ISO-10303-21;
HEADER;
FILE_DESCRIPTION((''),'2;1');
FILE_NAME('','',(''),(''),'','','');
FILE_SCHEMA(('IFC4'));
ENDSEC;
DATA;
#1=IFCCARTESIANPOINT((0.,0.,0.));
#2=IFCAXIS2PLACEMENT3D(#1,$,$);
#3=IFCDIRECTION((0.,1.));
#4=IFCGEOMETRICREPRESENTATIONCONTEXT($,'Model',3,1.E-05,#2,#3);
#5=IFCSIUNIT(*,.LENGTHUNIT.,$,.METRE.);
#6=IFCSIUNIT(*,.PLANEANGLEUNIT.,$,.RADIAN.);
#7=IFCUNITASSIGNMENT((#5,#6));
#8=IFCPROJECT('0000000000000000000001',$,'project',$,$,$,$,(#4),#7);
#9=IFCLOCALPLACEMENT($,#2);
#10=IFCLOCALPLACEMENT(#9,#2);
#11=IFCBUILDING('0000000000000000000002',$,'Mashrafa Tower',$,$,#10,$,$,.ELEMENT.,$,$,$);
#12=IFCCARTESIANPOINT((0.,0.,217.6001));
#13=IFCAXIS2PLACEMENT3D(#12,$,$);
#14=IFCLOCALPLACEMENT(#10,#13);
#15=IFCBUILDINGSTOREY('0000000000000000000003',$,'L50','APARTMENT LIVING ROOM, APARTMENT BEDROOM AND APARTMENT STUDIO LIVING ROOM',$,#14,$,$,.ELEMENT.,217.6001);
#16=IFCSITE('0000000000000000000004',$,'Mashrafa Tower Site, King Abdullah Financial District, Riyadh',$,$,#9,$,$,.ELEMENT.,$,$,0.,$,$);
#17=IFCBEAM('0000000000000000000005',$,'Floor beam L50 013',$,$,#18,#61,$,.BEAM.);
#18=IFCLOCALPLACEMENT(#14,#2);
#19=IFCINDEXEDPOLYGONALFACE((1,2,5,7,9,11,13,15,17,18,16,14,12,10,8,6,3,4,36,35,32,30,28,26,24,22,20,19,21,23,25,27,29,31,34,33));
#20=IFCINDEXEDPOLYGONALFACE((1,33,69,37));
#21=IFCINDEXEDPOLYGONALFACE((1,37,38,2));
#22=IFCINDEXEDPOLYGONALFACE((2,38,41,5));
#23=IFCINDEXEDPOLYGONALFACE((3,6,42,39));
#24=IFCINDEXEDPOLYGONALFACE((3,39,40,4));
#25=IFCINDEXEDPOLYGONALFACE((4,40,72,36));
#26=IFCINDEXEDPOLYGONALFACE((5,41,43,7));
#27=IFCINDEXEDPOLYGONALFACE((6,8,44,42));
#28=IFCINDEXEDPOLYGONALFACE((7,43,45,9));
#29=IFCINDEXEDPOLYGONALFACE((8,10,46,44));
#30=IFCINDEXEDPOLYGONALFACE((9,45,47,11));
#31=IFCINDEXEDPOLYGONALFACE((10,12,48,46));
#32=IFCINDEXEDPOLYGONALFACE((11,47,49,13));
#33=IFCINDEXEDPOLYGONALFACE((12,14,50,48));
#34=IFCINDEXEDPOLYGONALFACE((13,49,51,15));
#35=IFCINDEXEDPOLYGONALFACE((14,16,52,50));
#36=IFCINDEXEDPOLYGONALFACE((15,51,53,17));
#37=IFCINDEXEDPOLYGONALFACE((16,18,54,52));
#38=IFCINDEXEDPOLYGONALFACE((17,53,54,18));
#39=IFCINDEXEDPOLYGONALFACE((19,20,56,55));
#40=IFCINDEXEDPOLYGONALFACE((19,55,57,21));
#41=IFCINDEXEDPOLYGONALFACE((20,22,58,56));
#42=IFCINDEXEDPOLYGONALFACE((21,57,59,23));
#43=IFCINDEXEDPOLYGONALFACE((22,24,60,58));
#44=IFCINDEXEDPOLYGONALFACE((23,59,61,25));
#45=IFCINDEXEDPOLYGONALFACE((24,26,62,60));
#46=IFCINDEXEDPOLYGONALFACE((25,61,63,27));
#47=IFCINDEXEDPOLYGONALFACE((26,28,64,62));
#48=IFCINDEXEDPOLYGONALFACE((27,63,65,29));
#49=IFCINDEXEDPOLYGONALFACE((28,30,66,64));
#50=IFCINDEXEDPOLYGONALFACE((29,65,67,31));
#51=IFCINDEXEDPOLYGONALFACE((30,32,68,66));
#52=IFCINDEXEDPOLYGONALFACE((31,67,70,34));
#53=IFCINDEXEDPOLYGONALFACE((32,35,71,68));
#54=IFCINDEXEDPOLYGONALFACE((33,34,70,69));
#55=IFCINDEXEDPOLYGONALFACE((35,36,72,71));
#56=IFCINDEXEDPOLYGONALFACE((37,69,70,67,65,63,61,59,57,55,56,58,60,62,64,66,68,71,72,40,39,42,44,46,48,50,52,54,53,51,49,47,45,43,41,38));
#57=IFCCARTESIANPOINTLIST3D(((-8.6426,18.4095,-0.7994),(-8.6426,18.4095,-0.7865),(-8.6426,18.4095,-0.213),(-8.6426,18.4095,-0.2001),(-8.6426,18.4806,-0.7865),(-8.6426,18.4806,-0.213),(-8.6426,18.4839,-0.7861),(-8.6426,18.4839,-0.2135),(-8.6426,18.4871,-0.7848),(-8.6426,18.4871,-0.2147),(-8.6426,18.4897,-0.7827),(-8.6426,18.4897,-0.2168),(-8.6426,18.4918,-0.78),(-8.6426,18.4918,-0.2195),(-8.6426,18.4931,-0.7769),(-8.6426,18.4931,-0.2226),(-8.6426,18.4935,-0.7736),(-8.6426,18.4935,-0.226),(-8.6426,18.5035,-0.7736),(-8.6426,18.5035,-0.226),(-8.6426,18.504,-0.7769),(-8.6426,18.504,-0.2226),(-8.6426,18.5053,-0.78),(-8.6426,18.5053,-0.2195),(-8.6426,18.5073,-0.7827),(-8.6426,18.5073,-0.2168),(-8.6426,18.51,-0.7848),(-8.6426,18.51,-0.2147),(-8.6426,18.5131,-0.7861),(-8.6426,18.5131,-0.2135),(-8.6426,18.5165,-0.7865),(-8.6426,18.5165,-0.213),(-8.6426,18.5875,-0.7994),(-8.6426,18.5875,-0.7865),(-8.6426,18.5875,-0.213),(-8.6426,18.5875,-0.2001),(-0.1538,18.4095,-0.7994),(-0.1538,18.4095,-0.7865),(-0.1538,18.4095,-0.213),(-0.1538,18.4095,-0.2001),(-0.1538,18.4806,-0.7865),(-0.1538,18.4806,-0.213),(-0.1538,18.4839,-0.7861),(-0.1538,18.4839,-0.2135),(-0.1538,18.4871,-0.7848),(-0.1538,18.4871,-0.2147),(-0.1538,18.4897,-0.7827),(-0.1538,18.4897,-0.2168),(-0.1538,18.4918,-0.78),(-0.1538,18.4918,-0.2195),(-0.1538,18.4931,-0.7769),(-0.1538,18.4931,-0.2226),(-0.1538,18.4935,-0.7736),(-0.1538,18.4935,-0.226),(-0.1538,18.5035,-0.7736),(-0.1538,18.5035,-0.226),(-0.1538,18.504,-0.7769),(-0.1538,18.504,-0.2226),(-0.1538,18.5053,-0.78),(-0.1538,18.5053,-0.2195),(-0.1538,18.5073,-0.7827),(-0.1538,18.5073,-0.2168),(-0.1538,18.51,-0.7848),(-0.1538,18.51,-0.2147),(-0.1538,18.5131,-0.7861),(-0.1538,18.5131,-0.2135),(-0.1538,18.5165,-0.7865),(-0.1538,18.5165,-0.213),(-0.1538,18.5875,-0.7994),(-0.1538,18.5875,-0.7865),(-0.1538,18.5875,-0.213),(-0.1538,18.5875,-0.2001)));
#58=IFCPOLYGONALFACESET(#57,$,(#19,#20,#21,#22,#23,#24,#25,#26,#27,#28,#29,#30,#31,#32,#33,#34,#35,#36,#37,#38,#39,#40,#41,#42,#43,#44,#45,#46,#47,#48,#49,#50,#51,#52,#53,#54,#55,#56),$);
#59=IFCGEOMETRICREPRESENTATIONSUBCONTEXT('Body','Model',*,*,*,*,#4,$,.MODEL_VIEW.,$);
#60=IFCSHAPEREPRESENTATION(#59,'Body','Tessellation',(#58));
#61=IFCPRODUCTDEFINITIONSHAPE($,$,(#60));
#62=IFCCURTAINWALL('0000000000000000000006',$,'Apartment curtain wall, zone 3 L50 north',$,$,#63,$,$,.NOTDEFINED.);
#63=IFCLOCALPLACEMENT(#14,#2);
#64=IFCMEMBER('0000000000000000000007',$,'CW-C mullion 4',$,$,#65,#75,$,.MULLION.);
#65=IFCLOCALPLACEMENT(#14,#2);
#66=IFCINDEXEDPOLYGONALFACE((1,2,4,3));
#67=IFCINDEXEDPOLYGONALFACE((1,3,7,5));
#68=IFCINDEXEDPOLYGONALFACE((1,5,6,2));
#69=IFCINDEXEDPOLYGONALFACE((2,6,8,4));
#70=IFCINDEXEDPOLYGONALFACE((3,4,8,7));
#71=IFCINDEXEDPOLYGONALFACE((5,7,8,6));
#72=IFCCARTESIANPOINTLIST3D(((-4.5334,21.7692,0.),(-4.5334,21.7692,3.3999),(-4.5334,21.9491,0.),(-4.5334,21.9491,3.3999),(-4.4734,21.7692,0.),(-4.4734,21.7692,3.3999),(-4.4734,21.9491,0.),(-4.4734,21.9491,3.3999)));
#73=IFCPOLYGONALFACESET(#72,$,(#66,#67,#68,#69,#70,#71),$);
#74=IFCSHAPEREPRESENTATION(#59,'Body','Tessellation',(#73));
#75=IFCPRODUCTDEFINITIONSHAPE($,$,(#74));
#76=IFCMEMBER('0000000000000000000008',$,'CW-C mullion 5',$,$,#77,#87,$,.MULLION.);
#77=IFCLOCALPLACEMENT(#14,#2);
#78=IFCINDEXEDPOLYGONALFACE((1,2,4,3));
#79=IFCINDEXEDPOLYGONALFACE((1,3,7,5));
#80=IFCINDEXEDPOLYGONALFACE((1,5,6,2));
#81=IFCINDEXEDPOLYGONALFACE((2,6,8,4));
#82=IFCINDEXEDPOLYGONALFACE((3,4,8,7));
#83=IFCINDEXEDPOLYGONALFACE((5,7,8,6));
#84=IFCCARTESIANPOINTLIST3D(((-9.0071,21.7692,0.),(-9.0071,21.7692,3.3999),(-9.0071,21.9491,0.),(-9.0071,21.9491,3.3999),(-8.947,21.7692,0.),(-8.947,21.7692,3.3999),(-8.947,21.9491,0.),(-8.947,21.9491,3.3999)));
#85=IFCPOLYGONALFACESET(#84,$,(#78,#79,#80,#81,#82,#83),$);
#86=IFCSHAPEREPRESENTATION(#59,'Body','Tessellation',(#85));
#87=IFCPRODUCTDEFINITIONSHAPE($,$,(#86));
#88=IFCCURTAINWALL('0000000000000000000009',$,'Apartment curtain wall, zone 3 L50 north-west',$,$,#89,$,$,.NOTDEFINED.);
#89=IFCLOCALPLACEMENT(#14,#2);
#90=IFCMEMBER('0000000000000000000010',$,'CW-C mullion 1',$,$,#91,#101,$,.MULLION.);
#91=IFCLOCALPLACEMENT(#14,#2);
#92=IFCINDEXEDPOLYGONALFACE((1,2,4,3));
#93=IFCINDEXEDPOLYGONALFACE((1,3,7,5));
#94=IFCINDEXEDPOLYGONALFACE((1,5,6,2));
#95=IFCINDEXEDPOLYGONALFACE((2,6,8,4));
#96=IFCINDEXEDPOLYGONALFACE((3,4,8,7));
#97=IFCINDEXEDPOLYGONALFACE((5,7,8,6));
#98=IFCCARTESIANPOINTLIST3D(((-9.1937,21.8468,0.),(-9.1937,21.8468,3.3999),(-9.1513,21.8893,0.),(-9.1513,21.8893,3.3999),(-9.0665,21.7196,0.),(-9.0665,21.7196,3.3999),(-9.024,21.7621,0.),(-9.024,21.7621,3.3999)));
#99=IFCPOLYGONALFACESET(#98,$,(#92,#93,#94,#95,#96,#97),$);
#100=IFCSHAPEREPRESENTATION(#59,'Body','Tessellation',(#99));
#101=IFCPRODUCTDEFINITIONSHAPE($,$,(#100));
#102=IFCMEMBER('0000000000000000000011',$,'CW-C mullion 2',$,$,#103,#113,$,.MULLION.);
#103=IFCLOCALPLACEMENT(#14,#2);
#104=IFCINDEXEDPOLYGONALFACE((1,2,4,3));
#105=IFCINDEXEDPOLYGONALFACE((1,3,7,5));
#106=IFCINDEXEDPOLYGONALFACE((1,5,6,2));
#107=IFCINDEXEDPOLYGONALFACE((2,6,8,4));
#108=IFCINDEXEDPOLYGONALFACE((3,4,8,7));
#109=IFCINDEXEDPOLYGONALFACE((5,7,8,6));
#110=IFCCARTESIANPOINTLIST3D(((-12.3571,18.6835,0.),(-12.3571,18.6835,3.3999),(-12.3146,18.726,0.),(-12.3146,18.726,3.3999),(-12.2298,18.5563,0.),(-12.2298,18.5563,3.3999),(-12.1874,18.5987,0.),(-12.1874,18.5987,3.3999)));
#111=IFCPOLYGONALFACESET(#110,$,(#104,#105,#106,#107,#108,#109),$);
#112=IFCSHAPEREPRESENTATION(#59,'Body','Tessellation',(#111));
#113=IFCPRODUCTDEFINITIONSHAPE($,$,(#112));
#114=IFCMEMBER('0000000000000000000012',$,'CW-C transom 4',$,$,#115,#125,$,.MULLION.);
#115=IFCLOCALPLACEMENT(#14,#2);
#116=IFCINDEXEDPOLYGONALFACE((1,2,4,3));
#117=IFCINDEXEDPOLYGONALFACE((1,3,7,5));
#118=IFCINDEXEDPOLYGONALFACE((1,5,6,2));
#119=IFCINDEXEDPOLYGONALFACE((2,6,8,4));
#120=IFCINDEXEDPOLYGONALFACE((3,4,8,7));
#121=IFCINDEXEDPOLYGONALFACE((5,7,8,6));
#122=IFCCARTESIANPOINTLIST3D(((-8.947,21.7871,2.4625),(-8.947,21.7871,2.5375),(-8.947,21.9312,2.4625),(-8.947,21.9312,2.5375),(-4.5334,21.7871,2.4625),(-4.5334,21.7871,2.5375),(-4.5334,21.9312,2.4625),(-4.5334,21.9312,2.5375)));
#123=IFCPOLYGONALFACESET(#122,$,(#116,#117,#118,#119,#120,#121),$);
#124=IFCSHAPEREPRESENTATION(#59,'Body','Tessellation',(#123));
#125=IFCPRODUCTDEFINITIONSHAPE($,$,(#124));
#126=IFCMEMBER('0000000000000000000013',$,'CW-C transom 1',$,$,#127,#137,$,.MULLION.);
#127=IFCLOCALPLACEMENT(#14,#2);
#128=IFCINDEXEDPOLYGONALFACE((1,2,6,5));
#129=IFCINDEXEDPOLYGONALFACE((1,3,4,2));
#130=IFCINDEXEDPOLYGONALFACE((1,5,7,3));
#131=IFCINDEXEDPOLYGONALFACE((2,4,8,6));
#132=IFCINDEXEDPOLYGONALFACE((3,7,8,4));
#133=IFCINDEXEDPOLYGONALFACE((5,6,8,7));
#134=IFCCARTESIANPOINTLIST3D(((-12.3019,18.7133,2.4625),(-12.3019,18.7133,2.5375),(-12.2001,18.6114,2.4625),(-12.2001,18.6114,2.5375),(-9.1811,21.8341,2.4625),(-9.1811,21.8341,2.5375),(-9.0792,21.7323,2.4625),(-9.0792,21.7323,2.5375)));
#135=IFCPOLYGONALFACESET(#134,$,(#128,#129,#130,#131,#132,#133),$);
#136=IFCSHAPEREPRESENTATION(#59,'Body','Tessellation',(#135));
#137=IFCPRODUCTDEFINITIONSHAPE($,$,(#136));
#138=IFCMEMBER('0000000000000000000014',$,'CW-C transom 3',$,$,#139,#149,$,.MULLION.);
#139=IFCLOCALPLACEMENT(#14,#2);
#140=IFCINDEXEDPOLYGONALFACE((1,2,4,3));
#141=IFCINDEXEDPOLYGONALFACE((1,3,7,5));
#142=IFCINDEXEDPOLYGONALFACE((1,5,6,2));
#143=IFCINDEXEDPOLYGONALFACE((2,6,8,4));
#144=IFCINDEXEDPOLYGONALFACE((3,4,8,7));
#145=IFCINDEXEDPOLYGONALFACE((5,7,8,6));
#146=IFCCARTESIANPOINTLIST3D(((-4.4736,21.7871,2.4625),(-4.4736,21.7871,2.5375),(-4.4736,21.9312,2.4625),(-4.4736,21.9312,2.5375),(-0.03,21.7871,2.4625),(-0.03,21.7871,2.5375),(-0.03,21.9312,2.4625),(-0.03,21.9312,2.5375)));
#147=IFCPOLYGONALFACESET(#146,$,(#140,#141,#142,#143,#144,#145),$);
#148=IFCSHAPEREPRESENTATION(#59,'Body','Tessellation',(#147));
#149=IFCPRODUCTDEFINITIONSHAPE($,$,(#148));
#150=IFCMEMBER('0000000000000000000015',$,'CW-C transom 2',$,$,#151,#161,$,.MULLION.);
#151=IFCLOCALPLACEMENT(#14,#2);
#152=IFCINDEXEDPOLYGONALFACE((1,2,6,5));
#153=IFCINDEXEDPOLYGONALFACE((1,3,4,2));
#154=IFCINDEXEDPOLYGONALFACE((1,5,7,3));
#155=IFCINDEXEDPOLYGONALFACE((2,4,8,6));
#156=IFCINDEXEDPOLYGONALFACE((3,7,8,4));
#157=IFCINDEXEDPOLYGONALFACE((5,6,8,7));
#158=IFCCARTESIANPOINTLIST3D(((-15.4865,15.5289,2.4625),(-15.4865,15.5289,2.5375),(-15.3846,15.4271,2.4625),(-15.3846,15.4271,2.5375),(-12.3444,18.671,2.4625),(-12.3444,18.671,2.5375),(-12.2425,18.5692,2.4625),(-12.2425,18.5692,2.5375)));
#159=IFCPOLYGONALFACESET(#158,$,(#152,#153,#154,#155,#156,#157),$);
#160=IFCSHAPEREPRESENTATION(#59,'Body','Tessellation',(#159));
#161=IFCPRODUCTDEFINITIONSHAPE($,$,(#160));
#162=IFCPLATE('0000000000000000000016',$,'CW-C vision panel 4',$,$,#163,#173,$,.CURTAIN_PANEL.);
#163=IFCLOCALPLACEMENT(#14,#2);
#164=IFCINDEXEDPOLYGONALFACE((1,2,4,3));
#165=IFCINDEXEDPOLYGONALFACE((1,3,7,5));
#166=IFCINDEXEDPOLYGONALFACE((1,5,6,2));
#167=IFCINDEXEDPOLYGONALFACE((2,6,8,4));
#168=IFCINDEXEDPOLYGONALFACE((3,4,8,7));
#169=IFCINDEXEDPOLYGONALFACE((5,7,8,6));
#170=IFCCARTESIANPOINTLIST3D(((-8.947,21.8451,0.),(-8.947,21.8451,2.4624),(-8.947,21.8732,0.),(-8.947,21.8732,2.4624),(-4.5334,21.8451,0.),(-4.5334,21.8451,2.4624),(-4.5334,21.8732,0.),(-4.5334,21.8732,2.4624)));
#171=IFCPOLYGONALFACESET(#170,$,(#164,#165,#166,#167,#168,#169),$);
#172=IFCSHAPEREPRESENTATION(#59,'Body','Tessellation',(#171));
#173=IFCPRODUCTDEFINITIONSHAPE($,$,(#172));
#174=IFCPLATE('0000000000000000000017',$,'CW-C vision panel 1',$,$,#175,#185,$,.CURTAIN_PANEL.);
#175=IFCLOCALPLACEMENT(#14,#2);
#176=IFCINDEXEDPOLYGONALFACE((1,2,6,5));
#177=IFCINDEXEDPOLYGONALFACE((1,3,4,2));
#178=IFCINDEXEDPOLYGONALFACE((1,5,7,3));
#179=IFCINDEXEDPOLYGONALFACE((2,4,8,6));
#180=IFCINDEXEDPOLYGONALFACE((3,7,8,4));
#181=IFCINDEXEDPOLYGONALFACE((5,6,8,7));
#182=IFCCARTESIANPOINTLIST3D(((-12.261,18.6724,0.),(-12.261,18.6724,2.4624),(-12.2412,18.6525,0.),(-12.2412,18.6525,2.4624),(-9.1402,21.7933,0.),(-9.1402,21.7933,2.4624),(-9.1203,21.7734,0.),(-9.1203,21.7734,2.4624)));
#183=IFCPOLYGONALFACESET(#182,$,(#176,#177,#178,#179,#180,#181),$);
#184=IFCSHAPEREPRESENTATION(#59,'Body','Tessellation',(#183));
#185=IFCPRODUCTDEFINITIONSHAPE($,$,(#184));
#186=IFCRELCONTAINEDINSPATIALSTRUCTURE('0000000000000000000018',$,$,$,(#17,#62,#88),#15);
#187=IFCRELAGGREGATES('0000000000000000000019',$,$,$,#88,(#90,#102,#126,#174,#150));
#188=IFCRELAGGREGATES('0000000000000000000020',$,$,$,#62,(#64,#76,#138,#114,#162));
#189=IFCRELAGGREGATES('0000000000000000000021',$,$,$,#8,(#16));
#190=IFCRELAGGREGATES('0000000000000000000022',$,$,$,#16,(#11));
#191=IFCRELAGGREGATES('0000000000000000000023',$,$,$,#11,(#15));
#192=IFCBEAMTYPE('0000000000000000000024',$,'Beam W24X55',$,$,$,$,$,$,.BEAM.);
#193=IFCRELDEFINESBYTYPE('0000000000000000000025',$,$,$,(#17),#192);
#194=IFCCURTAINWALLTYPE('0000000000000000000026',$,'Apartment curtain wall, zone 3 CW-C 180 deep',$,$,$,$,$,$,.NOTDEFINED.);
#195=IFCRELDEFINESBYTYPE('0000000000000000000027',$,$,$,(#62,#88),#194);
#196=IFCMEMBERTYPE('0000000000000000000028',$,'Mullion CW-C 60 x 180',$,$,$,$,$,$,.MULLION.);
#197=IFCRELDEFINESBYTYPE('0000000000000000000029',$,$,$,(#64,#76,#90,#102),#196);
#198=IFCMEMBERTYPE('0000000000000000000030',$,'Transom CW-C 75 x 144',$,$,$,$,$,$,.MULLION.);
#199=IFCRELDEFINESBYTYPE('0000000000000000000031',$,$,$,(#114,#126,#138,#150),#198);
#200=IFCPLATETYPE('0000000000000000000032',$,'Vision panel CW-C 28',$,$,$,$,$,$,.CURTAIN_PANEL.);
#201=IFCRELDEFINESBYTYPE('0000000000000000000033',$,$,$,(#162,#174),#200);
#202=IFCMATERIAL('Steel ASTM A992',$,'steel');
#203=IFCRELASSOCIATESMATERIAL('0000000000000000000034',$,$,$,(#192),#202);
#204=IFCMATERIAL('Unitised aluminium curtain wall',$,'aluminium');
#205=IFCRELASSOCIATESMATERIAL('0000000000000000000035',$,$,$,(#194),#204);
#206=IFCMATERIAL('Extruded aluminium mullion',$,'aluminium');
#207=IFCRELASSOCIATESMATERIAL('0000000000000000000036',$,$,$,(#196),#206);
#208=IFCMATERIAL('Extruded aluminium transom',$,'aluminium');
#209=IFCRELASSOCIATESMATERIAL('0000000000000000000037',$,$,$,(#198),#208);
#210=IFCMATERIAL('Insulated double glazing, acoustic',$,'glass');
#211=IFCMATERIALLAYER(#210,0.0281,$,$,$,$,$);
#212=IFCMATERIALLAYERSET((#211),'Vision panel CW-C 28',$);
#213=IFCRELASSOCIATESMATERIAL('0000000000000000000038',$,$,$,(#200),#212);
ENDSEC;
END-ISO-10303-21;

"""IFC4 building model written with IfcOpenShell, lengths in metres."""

from ifc_helpers import new_model, si_unit, direction, frame, origin, origin_2d, place, context, subcontext, project, spatial, rectangle, i_section, extrude, source, transform, mapped, material, layer, layer_set, material_profile, profile_set, type_object, type_shapes, element, aggregate, save


model = new_model("IFC4")

# Units and contexts
model_context = context("Model", 3, precision=1e-05, world=origin(), true_north=direction((0.0, 1.0)))
body_context = subcontext(model_context, "Body", "Model", "MODEL_VIEW")
ifc_project = project(units=[si_unit("LENGTHUNIT", "METRE"), si_unit("PLANEANGLEUNIT", "RADIAN")], contexts=[model_context])

# Site, building, storey
site_placement = place(None, origin())
site = spatial("IfcSite", under=ifc_project, at=site_placement, Name="Mashrafa Tower Site, King Abdullah Financial District, Riyadh", CompositionType="ELEMENT", RefElevation=0.0)
building_placement = place(site_placement, origin())
building = spatial("IfcBuilding", under=site, at=building_placement, Name="Mashrafa Tower", CompositionType="ELEMENT")
storey_placement = place(building_placement, frame((0.0, 0.0, 217.6001)))
storey = spatial("IfcBuildingStorey", under=building, at=storey_placement, Name="L50", Description="APARTMENT LIVING ROOM, APARTMENT BEDROOM AND APARTMENT STUDIO LIVING ROOM", CompositionType="ELEMENT", Elevation=217.6001)

# Beam
ifc_material_1 = material(Name="Steel ASTM A992", Category="steel")
ifc_material_profile_1 = material_profile(ifc_material_1, i_section(OverallWidth=0.178, OverallDepth=0.5994, WebThickness=0.01, FlangeThickness=0.0129, FilletRadius=0.0129, at=origin_2d()), Name="W24X55")
ifc_profile_set_1 = profile_set([ifc_material_profile_1], Name="Steel ASTM A992")
beam_type_1 = type_object("IfcBeamType", Name="Beam W24X55", PredefinedType="BEAM", material=ifc_profile_set_1)
beam_1_placement = place(storey_placement, frame((-8.6426, 18.4985, -0.4998), z_axis=(1.0, 0.0, 0.0), x_axis=(0.0, 1.0, 0.0)))
element("IfcBeam", 1, at=beam_1_placement, inside=storey, type_object=beam_type_1, Name="Floor beam L50 013", PredefinedType="BEAM", context=body_context, shape_type="SweptSolid", body=[
    extrude(i_section(OverallWidth=0.178, OverallDepth=0.5994, WebThickness=0.01, FlangeThickness=0.0129, FilletRadius=0.0129, at=origin_2d()), origin(), (0.0, 0.0, 1.0), 8.4888),
])

# Curtain walls, members
ifc_material_2 = material(Name="Unitised aluminium curtain wall", Category="aluminium")
curtain_wall_type = type_object("IfcCurtainWallType", Name="Apartment curtain wall, zone 3 CW-C 180 deep", PredefinedType="NOTDEFINED", material=ifc_material_2)
curtain_wall_1_placement = place(storey_placement, origin())
curtain_wall_1 = element("IfcCurtainWall", 2, at=curtain_wall_1_placement, inside=storey, type_object=curtain_wall_type, Name="Apartment curtain wall, zone 3 L50 north", PredefinedType="NOTDEFINED")
ifc_material_3 = material(Name="Extruded aluminium mullion", Category="aluminium")
ifc_material_profile_2 = material_profile(ifc_material_3, rectangle(XDim=0.1799, YDim=0.0601, at=origin_2d()), Name="Mullion 60x180")
ifc_profile_set_2 = profile_set([ifc_material_profile_2], Name="Extruded aluminium mullion")
member_type_1 = type_object("IfcMemberType", Name="Mullion CW-C 60 x 180", PredefinedType="MULLION", material=ifc_profile_set_2)
shared_shape_1 = source(origin(), body_context, "Body", "SweptSolid", [
    extrude(rectangle(XDim=0.1799, YDim=0.0601, at=origin_2d()), origin(), (0.0, 0.0, 1.0), 3.3999),
])
type_shapes(member_type_1, [shared_shape_1])
member_1_placement = place(storey_placement, frame((-4.5034, 21.8591, 0.0), z_axis=(0.0, 0.0, 1.0), x_axis=(0.0, -1.0, 0.0)))
member_1 = element("IfcMember", 3, at=member_1_placement, type_object=member_type_1, Name="CW-C mullion 4", PredefinedType="MULLION", context=body_context, shape_type="MappedRepresentation", body=[
    mapped(shared_shape_1, transform((0.0, 0.0, 0.0))),
])
member_2_placement = place(storey_placement, frame((-8.9771, 21.8591, 0.0), z_axis=(0.0, 0.0, 1.0), x_axis=(0.0, -1.0, 0.0)))
member_2 = element("IfcMember", 4, at=member_2_placement, type_object=member_type_1, Name="CW-C mullion 5", PredefinedType="MULLION", context=body_context, shape_type="MappedRepresentation", body=[
    mapped(shared_shape_1, transform((0.0, 0.0, 0.0))),
])
curtain_wall_2_placement = place(storey_placement, origin())
curtain_wall_2 = element("IfcCurtainWall", 5, at=curtain_wall_2_placement, inside=storey, type_object=curtain_wall_type, Name="Apartment curtain wall, zone 3 L50 north-west", PredefinedType="NOTDEFINED")
member_3_placement = place(storey_placement, frame((-9.1089, 21.8044, 0.0), z_axis=(0.0, 0.0, 1.0), x_axis=(0.707107, -0.707107, 0.0)))
member_3 = element("IfcMember", 6, at=member_3_placement, type_object=member_type_1, Name="CW-C mullion 1", PredefinedType="MULLION", context=body_context, shape_type="MappedRepresentation", body=[
    mapped(shared_shape_1, transform((0.0, 0.0, 0.0))),
])
member_4_placement = place(storey_placement, frame((-12.2722, 18.6411, 0.0), z_axis=(0.0, 0.0, 1.0), x_axis=(0.707107, -0.707107, 0.0)))
member_4 = element("IfcMember", 7, at=member_4_placement, type_object=member_type_1, Name="CW-C mullion 2", PredefinedType="MULLION", context=body_context, shape_type="MappedRepresentation", body=[
    mapped(shared_shape_1, transform((0.0, 0.0, 0.0))),
])

# Members
ifc_material_4 = material(Name="Extruded aluminium transom", Category="aluminium")
ifc_material_profile_3 = material_profile(ifc_material_4, rectangle(XDim=0.144, YDim=0.075, at=origin_2d()), Name="Transom 75x144")
ifc_profile_set_3 = profile_set([ifc_material_profile_3], Name="Extruded aluminium transom")
member_type_2 = type_object("IfcMemberType", Name="Transom CW-C 75 x 144", PredefinedType="MULLION", material=ifc_profile_set_3)
shared_shape_2 = source(origin(), body_context, "Body", "SweptSolid", [
    extrude(rectangle(XDim=0.144, YDim=0.075, at=origin_2d()), origin(), (0.0, 0.0, 1.0), 4.4136),
])
member_5_placement = place(storey_placement, frame((-4.5334, 21.8591, 2.5), z_axis=(-1.0, 0.0, 0.0), x_axis=(0.0, -1.0, 0.0)))
member_5 = element("IfcMember", 8, at=member_5_placement, type_object=member_type_2, Name="CW-C transom 4", PredefinedType="MULLION", context=body_context, shape_type="MappedRepresentation", body=[
    mapped(shared_shape_2, transform((0.0, 0.0, 0.0))),
])
member_6_placement = place(storey_placement, frame((-9.1301, 21.7832, 2.5), z_axis=(-0.707107, -0.707107, 0.0), x_axis=(0.707107, -0.707107, 0.0)))
member_6 = element("IfcMember", 9, at=member_6_placement, type_object=member_type_2, Name="CW-C transom 1", PredefinedType="MULLION", context=body_context, shape_type="MappedRepresentation", body=[
    mapped(shared_shape_2, transform((0.0, 0.0, 0.0))),
])
shared_shape_3 = source(origin(), body_context, "Body", "SweptSolid", [
    extrude(rectangle(XDim=0.144, YDim=0.075, at=origin_2d()), origin(), (0.0, 0.0, 1.0), 4.4436),
])
type_shapes(member_type_2, [shared_shape_2, shared_shape_3])
member_7_placement = place(storey_placement, frame((-0.03, 21.8591, 2.5), z_axis=(-1.0, 0.0, 0.0), x_axis=(0.0, -1.0, 0.0)))
member_7 = element("IfcMember", 10, at=member_7_placement, type_object=member_type_2, Name="CW-C transom 3", PredefinedType="MULLION", context=body_context, shape_type="MappedRepresentation", body=[
    mapped(shared_shape_3, transform((0.0, 0.0, 0.0))),
])
member_8_placement = place(storey_placement, frame((-12.2935, 18.6201, 2.5), z_axis=(-0.707107, -0.707107, 0.0), x_axis=(0.707107, -0.707107, 0.0)))
member_8 = element("IfcMember", 11, at=member_8_placement, type_object=member_type_2, Name="CW-C transom 2", PredefinedType="MULLION", context=body_context, shape_type="MappedRepresentation", body=[
    mapped(shared_shape_3, transform((0.0, 0.0, 0.0))),
])

# Plates
ifc_material_5 = material(Name="Insulated double glazing, acoustic", Category="glass")
ifc_layer_1 = layer(ifc_material_5, 0.0281)
ifc_layer_set_1 = layer_set([ifc_layer_1], Name="Vision panel CW-C 28")
plate_type_1 = type_object("IfcPlateType", Name="Vision panel CW-C 28", PredefinedType="CURTAIN_PANEL", material=ifc_layer_set_1)
shared_shape_4 = source(origin(), body_context, "Body", "SweptSolid", [
    extrude(rectangle(XDim=4.4136, YDim=0.0281, at=origin_2d()), origin(), (0.0, 0.0, 1.0), 2.4624),
])
plate_1_placement = place(storey_placement, frame((-6.7402, 21.8591, 0.0), z_axis=(0.0, 0.0, 1.0), x_axis=(-1.0, 0.0, 0.0)))
plate_1 = element("IfcPlate", 12, at=plate_1_placement, type_object=plate_type_1, Name="CW-C vision panel 4", PredefinedType="CURTAIN_PANEL", context=body_context, shape_type="MappedRepresentation", body=[
    mapped(shared_shape_4, transform((0.0, 0.0, 0.0))),
])
plate_2_placement = place(storey_placement, frame((-10.6907, 20.2229, 0.0), z_axis=(0.0, 0.0, 1.0), x_axis=(-0.707107, -0.707107, 0.0)))
plate_2 = element("IfcPlate", 13, at=plate_2_placement, type_object=plate_type_1, Name="CW-C vision panel 1", PredefinedType="CURTAIN_PANEL", context=body_context, shape_type="MappedRepresentation", body=[
    mapped(shared_shape_4, transform((0.0, 0.0, 0.0))),
])
aggregate(curtain_wall_2, [member_3, member_4, member_6, plate_2, member_8])
aggregate(curtain_wall_1, [member_1, member_2, member_7, member_5, plate_1])

save(model, "model.ifc")
